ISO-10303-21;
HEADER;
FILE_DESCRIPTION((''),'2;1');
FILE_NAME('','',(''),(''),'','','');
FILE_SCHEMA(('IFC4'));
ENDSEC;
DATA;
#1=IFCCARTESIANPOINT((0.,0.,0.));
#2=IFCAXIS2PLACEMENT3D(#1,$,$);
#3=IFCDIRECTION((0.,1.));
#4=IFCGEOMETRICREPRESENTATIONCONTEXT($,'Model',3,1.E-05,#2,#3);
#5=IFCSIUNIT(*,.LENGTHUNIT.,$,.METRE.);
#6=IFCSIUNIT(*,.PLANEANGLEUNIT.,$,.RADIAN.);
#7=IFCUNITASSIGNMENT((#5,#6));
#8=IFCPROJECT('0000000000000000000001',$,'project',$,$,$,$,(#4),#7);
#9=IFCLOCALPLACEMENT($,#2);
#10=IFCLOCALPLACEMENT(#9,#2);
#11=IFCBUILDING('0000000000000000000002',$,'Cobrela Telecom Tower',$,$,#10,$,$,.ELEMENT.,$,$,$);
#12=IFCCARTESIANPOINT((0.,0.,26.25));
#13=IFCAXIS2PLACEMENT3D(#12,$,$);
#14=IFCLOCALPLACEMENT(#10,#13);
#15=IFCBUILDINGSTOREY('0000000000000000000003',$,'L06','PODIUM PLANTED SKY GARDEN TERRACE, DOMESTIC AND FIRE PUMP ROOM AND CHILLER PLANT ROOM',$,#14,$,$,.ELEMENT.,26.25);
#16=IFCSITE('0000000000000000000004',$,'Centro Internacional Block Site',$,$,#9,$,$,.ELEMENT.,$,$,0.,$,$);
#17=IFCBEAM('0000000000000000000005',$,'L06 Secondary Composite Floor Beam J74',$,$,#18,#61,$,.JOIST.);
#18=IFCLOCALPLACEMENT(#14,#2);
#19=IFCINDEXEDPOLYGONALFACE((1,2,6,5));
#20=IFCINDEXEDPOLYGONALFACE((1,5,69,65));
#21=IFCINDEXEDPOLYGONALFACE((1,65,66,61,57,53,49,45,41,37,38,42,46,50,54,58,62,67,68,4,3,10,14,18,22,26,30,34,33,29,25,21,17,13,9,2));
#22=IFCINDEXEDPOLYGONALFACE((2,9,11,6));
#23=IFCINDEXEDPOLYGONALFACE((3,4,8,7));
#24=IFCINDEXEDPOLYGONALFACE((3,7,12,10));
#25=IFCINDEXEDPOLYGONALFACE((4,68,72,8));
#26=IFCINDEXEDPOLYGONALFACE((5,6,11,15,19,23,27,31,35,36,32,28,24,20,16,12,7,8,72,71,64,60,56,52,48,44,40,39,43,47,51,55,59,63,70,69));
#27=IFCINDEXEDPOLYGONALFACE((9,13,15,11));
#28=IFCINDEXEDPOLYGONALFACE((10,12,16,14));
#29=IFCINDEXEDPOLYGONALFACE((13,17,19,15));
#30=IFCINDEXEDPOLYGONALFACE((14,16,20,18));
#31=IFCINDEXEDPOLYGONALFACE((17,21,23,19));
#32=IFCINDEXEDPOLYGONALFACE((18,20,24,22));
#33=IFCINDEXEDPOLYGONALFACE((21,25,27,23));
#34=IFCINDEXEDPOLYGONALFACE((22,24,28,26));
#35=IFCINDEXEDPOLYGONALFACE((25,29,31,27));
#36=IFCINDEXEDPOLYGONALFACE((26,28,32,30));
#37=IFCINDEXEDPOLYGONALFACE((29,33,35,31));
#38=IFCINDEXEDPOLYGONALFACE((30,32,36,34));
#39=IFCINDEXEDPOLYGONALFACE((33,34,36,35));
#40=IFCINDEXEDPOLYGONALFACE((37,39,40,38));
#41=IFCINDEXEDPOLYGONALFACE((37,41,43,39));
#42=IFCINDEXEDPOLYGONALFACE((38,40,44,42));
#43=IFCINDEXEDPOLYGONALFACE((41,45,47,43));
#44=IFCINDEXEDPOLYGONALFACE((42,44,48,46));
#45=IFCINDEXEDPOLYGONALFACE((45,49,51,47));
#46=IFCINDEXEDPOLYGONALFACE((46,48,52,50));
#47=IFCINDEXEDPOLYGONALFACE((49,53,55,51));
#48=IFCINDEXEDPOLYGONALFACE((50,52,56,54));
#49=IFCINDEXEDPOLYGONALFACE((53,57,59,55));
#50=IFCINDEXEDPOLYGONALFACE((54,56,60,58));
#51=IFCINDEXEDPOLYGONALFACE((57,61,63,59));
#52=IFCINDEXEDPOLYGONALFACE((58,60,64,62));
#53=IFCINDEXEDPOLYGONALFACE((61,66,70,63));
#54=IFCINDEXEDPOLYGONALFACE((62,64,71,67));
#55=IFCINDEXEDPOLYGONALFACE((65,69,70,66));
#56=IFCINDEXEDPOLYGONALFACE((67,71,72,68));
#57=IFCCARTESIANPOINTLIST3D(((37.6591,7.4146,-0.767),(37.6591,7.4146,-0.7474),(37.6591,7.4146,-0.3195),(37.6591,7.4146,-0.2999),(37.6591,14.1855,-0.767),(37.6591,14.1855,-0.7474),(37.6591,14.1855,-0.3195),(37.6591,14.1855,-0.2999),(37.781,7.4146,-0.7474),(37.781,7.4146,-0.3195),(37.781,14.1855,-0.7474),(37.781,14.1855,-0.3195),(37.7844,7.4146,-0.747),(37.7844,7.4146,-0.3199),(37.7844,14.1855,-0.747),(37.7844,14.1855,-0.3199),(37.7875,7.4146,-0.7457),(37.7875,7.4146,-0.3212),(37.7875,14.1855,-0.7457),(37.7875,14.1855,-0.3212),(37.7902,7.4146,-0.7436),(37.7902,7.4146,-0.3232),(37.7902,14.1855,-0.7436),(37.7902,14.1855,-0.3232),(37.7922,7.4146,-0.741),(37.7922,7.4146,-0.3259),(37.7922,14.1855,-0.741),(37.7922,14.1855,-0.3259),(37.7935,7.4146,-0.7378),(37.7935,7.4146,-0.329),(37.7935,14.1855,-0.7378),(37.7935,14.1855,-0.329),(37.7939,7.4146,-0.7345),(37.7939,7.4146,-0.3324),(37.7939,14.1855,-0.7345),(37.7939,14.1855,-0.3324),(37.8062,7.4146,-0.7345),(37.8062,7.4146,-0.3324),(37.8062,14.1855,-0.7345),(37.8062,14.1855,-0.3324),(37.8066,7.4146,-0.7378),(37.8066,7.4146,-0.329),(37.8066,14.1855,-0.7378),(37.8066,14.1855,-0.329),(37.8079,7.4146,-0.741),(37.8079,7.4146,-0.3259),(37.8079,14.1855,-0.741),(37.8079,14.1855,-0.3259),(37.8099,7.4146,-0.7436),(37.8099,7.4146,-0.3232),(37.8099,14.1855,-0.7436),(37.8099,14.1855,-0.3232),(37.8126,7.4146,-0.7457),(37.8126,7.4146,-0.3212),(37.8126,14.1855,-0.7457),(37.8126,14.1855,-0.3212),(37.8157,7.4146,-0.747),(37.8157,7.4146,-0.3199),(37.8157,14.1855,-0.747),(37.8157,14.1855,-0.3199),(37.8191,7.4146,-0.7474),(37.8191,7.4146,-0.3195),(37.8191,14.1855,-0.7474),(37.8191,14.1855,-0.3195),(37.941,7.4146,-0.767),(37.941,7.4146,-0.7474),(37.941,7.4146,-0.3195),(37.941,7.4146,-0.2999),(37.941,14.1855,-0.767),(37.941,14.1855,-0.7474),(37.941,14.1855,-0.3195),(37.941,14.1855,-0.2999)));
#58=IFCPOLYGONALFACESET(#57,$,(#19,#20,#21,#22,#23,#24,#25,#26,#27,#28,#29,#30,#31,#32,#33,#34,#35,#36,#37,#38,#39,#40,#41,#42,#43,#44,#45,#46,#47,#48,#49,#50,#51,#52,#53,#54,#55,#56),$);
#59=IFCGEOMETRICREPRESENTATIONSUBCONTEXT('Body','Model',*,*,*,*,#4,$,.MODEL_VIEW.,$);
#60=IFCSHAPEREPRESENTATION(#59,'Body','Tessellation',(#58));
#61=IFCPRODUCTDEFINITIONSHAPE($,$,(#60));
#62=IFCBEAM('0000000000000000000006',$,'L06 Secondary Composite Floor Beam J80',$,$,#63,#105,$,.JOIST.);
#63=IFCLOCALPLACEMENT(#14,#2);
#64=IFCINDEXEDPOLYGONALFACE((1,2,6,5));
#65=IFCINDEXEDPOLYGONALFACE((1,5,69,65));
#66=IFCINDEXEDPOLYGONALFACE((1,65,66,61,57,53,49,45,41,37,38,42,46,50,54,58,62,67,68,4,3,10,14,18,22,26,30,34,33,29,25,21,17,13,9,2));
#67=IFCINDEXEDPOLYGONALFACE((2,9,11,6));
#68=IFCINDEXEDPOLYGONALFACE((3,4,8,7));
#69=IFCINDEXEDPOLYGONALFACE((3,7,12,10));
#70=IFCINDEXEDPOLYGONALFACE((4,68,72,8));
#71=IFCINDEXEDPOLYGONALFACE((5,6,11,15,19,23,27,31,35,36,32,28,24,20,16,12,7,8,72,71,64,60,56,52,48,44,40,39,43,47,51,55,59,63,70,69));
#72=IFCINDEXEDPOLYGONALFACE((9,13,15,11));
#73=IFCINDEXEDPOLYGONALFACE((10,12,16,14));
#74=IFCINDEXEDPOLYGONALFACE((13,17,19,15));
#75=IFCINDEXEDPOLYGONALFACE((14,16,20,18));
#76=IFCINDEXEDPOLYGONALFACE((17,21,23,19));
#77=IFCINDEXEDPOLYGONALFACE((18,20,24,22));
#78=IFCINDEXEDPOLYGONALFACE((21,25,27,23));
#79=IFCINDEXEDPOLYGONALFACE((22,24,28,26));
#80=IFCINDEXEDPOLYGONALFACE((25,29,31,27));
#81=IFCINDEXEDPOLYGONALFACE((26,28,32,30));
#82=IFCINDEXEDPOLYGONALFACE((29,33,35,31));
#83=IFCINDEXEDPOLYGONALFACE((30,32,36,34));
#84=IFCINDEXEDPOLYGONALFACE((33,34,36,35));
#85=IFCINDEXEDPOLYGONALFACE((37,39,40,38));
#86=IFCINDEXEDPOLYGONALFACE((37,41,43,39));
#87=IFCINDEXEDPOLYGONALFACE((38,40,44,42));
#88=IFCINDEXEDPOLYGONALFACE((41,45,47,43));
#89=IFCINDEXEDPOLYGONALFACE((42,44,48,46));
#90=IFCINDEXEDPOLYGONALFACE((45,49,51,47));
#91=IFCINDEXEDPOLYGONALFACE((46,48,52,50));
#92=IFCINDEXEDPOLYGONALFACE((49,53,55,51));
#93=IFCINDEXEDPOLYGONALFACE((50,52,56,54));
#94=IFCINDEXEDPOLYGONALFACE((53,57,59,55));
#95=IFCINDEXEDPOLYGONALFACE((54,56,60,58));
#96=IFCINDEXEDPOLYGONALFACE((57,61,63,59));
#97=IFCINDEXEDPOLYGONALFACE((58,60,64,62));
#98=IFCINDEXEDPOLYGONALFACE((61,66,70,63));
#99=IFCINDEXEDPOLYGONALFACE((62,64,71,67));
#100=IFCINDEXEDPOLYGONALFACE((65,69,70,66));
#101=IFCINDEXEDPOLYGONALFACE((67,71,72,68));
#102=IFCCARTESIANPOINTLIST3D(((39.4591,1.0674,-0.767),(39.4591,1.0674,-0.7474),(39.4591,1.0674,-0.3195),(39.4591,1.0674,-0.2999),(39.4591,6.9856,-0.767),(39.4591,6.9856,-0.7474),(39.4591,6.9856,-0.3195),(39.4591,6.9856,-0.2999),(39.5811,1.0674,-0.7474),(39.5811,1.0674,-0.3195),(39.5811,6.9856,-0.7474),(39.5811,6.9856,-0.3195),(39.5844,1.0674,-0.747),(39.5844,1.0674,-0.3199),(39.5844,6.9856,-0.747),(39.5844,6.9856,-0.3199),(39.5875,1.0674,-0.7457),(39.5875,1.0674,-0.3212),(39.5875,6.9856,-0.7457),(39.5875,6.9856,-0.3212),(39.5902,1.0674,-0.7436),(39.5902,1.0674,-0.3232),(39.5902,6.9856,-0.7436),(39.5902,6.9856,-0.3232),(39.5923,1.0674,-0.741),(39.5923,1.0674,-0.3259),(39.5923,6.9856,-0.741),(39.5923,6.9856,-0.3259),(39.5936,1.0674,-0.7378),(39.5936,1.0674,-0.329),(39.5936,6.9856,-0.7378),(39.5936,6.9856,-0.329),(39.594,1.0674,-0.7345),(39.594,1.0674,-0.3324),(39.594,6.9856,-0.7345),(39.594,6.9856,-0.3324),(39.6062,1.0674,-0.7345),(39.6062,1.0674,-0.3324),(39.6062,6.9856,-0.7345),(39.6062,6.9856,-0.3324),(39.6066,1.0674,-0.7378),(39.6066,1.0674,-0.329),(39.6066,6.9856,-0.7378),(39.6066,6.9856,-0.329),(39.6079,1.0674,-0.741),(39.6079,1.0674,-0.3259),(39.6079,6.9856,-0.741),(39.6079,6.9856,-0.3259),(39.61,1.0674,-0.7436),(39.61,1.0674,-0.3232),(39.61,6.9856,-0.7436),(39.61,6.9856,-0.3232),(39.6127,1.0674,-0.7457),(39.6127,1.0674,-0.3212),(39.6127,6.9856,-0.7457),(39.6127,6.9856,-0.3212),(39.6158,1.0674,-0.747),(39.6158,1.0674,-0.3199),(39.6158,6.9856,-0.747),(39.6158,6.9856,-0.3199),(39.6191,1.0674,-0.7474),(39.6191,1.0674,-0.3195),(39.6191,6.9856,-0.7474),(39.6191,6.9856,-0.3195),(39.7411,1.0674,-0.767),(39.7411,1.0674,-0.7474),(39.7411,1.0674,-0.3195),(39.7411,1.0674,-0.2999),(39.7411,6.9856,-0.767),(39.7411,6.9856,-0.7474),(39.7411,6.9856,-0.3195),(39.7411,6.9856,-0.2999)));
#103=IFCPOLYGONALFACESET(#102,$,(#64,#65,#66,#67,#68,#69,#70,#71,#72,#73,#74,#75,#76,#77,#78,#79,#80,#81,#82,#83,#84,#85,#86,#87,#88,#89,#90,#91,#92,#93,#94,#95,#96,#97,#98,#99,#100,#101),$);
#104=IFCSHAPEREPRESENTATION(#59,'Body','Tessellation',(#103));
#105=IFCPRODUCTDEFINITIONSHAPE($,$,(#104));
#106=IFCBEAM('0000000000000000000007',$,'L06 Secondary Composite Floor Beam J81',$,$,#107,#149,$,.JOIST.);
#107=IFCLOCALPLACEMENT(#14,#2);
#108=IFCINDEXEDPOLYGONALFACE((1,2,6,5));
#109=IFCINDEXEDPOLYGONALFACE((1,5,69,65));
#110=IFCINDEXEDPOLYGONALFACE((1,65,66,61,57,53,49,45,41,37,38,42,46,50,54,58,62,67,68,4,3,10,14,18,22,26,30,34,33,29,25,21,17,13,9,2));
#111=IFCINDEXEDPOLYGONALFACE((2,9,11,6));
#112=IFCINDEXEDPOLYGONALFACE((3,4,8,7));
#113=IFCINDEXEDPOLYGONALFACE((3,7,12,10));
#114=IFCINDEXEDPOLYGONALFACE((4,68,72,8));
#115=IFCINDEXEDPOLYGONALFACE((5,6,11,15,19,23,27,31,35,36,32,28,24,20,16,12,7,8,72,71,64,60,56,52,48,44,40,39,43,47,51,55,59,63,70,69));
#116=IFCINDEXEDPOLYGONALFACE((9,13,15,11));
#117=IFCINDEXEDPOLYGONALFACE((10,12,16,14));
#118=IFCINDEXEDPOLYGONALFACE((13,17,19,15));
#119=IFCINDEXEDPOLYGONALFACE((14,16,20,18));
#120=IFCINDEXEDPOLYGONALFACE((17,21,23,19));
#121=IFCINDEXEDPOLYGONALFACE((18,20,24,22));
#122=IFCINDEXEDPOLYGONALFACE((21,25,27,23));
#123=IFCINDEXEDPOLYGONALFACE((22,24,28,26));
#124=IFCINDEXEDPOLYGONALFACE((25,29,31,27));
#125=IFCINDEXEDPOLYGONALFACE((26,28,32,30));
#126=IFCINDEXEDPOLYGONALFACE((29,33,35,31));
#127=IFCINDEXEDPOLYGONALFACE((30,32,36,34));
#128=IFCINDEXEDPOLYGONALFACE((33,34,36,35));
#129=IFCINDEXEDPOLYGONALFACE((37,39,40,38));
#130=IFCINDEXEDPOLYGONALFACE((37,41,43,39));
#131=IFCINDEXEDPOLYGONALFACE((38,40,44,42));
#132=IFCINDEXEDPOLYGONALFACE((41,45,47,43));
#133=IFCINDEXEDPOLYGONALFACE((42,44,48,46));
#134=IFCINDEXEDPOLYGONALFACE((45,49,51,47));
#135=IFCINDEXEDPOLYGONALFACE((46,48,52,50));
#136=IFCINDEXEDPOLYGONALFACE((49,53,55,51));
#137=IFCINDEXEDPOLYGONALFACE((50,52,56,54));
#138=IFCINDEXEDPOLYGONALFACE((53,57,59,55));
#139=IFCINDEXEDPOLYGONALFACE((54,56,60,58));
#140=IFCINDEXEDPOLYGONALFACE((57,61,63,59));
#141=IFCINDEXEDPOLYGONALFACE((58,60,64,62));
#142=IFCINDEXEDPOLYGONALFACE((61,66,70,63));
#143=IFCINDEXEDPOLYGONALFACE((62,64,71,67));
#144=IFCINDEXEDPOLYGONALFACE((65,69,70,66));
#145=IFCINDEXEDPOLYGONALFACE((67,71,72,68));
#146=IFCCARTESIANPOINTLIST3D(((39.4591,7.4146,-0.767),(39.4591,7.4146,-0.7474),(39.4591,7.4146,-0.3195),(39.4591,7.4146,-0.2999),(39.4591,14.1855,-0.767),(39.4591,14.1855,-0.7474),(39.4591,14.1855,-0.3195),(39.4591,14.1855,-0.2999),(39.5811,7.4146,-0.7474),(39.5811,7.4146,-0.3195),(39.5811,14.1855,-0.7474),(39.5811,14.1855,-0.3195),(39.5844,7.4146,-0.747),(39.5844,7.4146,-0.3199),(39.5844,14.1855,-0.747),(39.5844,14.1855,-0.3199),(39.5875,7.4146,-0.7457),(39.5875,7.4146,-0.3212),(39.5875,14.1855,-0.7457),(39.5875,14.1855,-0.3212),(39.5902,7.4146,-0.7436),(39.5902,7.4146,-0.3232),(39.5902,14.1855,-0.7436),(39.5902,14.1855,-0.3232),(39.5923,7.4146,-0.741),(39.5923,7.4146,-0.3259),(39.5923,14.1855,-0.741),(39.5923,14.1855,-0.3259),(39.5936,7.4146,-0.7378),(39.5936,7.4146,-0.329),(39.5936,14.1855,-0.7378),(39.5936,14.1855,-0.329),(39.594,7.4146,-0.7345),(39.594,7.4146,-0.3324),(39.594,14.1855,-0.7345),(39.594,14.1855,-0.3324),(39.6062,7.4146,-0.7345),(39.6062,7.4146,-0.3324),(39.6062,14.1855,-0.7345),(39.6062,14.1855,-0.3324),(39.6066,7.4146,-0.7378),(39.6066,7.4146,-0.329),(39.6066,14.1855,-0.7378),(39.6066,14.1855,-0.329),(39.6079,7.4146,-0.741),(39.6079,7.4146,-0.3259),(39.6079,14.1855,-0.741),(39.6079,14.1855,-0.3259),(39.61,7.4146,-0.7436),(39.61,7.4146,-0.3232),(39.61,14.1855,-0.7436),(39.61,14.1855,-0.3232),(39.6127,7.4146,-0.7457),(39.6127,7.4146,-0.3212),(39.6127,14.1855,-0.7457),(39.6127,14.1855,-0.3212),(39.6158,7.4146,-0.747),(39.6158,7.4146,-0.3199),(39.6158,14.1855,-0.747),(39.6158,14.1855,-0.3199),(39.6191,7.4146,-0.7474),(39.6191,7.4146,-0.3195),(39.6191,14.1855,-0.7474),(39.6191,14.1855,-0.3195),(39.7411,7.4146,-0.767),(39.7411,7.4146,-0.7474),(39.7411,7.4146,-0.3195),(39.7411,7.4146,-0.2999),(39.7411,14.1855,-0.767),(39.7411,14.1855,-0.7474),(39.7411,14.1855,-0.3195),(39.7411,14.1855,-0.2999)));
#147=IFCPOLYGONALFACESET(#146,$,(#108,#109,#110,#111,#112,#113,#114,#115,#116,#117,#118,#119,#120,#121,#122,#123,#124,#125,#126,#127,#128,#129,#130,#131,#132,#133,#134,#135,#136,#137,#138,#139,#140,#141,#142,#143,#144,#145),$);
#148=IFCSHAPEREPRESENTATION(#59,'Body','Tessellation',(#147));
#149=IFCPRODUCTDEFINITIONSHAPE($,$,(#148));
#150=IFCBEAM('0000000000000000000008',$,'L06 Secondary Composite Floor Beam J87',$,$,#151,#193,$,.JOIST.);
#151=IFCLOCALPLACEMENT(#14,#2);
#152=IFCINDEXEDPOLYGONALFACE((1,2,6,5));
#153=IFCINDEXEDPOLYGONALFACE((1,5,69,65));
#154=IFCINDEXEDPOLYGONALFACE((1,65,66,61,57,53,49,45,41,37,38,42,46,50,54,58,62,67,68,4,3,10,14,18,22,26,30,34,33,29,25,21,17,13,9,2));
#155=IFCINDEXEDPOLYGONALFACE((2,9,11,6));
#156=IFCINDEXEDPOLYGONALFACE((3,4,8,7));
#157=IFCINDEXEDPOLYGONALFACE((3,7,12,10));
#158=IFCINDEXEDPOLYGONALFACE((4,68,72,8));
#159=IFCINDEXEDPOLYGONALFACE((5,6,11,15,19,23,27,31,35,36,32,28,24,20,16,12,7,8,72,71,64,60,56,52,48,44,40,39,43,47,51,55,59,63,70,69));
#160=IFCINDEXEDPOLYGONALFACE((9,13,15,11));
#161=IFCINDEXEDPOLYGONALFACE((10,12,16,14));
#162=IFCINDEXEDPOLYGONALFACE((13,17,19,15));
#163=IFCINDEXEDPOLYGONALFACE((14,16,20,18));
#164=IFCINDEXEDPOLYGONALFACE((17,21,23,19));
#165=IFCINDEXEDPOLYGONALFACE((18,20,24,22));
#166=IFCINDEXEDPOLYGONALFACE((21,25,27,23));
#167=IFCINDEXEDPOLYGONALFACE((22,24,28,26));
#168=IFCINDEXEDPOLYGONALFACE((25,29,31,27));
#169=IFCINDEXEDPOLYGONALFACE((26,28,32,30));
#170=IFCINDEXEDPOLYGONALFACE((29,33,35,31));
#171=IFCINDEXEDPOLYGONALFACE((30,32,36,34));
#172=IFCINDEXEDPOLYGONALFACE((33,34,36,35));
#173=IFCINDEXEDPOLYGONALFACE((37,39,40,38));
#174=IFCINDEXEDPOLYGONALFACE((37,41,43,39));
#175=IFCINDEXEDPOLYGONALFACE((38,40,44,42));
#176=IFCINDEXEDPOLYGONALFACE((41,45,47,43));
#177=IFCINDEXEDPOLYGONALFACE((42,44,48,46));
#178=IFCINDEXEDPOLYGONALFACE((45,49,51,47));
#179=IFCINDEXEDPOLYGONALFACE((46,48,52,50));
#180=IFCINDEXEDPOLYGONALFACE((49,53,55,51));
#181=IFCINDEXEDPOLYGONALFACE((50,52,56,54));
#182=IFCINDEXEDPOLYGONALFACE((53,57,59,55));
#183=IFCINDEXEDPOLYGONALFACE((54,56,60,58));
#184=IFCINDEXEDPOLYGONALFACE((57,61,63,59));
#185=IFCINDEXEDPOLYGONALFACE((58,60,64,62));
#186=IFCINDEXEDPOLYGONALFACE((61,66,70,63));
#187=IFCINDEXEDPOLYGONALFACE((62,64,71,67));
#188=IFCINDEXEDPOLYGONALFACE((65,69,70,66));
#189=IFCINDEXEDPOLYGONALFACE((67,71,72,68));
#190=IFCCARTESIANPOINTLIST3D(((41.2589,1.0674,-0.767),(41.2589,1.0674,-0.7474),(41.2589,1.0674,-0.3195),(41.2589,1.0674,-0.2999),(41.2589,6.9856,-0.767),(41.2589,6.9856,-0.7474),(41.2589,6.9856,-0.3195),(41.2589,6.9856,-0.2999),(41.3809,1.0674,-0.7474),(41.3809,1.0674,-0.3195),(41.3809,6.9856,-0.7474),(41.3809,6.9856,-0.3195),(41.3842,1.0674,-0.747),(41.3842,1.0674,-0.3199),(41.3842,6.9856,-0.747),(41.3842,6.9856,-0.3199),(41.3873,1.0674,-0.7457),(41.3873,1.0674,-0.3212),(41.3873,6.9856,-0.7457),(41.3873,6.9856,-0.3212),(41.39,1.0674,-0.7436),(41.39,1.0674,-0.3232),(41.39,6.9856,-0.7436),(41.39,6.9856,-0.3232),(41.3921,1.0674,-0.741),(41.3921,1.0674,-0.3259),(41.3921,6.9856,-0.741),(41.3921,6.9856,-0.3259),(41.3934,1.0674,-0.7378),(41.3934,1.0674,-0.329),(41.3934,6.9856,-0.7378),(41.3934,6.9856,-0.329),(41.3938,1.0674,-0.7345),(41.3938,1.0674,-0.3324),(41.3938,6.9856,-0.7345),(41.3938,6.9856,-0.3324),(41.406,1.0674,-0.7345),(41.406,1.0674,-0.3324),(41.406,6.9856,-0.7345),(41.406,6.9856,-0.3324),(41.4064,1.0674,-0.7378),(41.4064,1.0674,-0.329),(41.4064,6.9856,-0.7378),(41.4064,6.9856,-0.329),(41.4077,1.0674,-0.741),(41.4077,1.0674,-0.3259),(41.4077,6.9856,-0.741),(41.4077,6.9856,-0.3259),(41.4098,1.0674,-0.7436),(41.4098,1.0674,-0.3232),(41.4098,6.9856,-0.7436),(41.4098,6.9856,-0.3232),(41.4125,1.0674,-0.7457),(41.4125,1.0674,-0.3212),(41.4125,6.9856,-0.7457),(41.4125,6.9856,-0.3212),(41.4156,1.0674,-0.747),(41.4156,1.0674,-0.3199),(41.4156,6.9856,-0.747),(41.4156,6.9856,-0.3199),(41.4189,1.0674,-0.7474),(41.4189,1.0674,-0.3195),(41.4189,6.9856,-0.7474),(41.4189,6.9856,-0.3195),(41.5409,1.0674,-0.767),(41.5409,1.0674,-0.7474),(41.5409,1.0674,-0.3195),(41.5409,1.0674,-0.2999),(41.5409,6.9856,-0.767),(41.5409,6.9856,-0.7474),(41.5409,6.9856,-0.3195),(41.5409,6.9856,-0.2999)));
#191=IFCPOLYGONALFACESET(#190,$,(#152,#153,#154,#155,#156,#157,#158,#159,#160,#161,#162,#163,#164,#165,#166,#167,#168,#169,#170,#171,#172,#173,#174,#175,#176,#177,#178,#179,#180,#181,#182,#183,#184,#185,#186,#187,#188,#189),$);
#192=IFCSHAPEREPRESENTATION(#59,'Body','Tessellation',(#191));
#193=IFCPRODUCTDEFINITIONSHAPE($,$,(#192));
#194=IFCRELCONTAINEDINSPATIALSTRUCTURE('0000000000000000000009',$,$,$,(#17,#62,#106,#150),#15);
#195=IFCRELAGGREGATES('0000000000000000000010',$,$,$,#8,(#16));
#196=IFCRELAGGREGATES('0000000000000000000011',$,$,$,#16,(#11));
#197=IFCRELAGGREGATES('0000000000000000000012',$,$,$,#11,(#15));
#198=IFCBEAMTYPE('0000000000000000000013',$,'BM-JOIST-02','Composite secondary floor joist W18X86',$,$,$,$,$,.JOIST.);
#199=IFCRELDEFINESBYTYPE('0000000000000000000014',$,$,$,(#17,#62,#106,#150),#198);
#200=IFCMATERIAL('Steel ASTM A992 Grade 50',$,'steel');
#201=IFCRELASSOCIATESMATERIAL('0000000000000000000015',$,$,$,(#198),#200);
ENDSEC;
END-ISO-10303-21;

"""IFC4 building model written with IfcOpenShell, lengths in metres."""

from ifc_helpers import new_model, si_unit, direction, frame, origin, origin_2d, place, context, subcontext, project, spatial, i_section, extrude, material, material_profile, profile_set, type_object, element, save


model = new_model("IFC4")

# Units and contexts
model_context = context("Model", 3, precision=1e-05, world=origin(), true_north=direction((0.0, 1.0)))
body_context = subcontext(model_context, "Body", "Model", "MODEL_VIEW")
ifc_project = project(units=[si_unit("LENGTHUNIT", "METRE"), si_unit("PLANEANGLEUNIT", "RADIAN")], contexts=[model_context])

# Site, building, storey
site_placement = place(None, origin())
site = spatial("IfcSite", under=ifc_project, at=site_placement, Name="Centro Internacional Block Site", CompositionType="ELEMENT", RefElevation=0.0)
building_placement = place(site_placement, origin())
building = spatial("IfcBuilding", under=site, at=building_placement, Name="Cobrela Telecom Tower", CompositionType="ELEMENT")
storey_placement = place(building_placement, frame((0.0, 0.0, 26.25)))
storey = spatial("IfcBuildingStorey", under=building, at=storey_placement, Name="L06", Description="PODIUM PLANTED SKY GARDEN TERRACE, DOMESTIC AND FIRE PUMP ROOM AND CHILLER PLANT ROOM", CompositionType="ELEMENT", Elevation=26.25)

# Beams
ifc_material_1 = material(Name="Steel ASTM A992 Grade 50", Category="steel")
ifc_material_profile_1 = material_profile(ifc_material_1, i_section(OverallWidth=0.282, OverallDepth=0.467, WebThickness=0.0122, FlangeThickness=0.0195, FilletRadius=0.0129, at=origin_2d()), Name="W18X86")
ifc_profile_set_1 = profile_set([ifc_material_profile_1], Name="Steel ASTM A992 Grade 50")
beam_type_1 = type_object("IfcBeamType", Name="BM-JOIST-02", Description="Composite secondary floor joist W18X86", PredefinedType="JOIST", material=ifc_profile_set_1)
beam_1_placement = place(storey_placement, frame((37.8, 7.4146, -0.5334), z_axis=(0.0, 1.0, 0.0), x_axis=(-1.0, 0.0, 0.0)))
element("IfcBeam", 1, at=beam_1_placement, inside=storey, type_object=beam_type_1, Name="L06 Secondary Composite Floor Beam J74", PredefinedType="JOIST", context=body_context, shape_type="SweptSolid", body=[
    extrude(i_section(OverallWidth=0.282, OverallDepth=0.467, WebThickness=0.0122, FlangeThickness=0.0195, FilletRadius=0.0129, at=origin_2d()), origin(), (0.0, 0.0, 1.0), 6.771),
])
beam_2_placement = place(storey_placement, frame((39.6001, 1.0674, -0.5334), z_axis=(0.0, 1.0, 0.0), x_axis=(-1.0, 0.0, 0.0)))
element("IfcBeam", 2, at=beam_2_placement, inside=storey, type_object=beam_type_1, Name="L06 Secondary Composite Floor Beam J80", PredefinedType="JOIST", context=body_context, shape_type="SweptSolid", body=[
    extrude(i_section(OverallWidth=0.282, OverallDepth=0.467, WebThickness=0.0122, FlangeThickness=0.0195, FilletRadius=0.0129, at=origin_2d()), origin(), (0.0, 0.0, 1.0), 5.9182),
])
beam_3_placement = place(storey_placement, frame((39.6001, 7.4146, -0.5334), z_axis=(0.0, 1.0, 0.0), x_axis=(-1.0, 0.0, 0.0)))
element("IfcBeam", 3, at=beam_3_placement, inside=storey, type_object=beam_type_1, Name="L06 Secondary Composite Floor Beam J81", PredefinedType="JOIST", context=body_context, shape_type="SweptSolid", body=[
    extrude(i_section(OverallWidth=0.282, OverallDepth=0.467, WebThickness=0.0122, FlangeThickness=0.0195, FilletRadius=0.0129, at=origin_2d()), origin(), (0.0, 0.0, 1.0), 6.771),
])
beam_4_placement = place(storey_placement, frame((41.3999, 1.0674, -0.5334), z_axis=(0.0, 1.0, 0.0), x_axis=(-1.0, 0.0, 0.0)))
element("IfcBeam", 4, at=beam_4_placement, inside=storey, type_object=beam_type_1, Name="L06 Secondary Composite Floor Beam J87", PredefinedType="JOIST", context=body_context, shape_type="SweptSolid", body=[
    extrude(i_section(OverallWidth=0.282, OverallDepth=0.467, WebThickness=0.0122, FlangeThickness=0.0195, FilletRadius=0.0129, at=origin_2d()), origin(), (0.0, 0.0, 1.0), 5.9182),
])

save(model, "model.ifc")
